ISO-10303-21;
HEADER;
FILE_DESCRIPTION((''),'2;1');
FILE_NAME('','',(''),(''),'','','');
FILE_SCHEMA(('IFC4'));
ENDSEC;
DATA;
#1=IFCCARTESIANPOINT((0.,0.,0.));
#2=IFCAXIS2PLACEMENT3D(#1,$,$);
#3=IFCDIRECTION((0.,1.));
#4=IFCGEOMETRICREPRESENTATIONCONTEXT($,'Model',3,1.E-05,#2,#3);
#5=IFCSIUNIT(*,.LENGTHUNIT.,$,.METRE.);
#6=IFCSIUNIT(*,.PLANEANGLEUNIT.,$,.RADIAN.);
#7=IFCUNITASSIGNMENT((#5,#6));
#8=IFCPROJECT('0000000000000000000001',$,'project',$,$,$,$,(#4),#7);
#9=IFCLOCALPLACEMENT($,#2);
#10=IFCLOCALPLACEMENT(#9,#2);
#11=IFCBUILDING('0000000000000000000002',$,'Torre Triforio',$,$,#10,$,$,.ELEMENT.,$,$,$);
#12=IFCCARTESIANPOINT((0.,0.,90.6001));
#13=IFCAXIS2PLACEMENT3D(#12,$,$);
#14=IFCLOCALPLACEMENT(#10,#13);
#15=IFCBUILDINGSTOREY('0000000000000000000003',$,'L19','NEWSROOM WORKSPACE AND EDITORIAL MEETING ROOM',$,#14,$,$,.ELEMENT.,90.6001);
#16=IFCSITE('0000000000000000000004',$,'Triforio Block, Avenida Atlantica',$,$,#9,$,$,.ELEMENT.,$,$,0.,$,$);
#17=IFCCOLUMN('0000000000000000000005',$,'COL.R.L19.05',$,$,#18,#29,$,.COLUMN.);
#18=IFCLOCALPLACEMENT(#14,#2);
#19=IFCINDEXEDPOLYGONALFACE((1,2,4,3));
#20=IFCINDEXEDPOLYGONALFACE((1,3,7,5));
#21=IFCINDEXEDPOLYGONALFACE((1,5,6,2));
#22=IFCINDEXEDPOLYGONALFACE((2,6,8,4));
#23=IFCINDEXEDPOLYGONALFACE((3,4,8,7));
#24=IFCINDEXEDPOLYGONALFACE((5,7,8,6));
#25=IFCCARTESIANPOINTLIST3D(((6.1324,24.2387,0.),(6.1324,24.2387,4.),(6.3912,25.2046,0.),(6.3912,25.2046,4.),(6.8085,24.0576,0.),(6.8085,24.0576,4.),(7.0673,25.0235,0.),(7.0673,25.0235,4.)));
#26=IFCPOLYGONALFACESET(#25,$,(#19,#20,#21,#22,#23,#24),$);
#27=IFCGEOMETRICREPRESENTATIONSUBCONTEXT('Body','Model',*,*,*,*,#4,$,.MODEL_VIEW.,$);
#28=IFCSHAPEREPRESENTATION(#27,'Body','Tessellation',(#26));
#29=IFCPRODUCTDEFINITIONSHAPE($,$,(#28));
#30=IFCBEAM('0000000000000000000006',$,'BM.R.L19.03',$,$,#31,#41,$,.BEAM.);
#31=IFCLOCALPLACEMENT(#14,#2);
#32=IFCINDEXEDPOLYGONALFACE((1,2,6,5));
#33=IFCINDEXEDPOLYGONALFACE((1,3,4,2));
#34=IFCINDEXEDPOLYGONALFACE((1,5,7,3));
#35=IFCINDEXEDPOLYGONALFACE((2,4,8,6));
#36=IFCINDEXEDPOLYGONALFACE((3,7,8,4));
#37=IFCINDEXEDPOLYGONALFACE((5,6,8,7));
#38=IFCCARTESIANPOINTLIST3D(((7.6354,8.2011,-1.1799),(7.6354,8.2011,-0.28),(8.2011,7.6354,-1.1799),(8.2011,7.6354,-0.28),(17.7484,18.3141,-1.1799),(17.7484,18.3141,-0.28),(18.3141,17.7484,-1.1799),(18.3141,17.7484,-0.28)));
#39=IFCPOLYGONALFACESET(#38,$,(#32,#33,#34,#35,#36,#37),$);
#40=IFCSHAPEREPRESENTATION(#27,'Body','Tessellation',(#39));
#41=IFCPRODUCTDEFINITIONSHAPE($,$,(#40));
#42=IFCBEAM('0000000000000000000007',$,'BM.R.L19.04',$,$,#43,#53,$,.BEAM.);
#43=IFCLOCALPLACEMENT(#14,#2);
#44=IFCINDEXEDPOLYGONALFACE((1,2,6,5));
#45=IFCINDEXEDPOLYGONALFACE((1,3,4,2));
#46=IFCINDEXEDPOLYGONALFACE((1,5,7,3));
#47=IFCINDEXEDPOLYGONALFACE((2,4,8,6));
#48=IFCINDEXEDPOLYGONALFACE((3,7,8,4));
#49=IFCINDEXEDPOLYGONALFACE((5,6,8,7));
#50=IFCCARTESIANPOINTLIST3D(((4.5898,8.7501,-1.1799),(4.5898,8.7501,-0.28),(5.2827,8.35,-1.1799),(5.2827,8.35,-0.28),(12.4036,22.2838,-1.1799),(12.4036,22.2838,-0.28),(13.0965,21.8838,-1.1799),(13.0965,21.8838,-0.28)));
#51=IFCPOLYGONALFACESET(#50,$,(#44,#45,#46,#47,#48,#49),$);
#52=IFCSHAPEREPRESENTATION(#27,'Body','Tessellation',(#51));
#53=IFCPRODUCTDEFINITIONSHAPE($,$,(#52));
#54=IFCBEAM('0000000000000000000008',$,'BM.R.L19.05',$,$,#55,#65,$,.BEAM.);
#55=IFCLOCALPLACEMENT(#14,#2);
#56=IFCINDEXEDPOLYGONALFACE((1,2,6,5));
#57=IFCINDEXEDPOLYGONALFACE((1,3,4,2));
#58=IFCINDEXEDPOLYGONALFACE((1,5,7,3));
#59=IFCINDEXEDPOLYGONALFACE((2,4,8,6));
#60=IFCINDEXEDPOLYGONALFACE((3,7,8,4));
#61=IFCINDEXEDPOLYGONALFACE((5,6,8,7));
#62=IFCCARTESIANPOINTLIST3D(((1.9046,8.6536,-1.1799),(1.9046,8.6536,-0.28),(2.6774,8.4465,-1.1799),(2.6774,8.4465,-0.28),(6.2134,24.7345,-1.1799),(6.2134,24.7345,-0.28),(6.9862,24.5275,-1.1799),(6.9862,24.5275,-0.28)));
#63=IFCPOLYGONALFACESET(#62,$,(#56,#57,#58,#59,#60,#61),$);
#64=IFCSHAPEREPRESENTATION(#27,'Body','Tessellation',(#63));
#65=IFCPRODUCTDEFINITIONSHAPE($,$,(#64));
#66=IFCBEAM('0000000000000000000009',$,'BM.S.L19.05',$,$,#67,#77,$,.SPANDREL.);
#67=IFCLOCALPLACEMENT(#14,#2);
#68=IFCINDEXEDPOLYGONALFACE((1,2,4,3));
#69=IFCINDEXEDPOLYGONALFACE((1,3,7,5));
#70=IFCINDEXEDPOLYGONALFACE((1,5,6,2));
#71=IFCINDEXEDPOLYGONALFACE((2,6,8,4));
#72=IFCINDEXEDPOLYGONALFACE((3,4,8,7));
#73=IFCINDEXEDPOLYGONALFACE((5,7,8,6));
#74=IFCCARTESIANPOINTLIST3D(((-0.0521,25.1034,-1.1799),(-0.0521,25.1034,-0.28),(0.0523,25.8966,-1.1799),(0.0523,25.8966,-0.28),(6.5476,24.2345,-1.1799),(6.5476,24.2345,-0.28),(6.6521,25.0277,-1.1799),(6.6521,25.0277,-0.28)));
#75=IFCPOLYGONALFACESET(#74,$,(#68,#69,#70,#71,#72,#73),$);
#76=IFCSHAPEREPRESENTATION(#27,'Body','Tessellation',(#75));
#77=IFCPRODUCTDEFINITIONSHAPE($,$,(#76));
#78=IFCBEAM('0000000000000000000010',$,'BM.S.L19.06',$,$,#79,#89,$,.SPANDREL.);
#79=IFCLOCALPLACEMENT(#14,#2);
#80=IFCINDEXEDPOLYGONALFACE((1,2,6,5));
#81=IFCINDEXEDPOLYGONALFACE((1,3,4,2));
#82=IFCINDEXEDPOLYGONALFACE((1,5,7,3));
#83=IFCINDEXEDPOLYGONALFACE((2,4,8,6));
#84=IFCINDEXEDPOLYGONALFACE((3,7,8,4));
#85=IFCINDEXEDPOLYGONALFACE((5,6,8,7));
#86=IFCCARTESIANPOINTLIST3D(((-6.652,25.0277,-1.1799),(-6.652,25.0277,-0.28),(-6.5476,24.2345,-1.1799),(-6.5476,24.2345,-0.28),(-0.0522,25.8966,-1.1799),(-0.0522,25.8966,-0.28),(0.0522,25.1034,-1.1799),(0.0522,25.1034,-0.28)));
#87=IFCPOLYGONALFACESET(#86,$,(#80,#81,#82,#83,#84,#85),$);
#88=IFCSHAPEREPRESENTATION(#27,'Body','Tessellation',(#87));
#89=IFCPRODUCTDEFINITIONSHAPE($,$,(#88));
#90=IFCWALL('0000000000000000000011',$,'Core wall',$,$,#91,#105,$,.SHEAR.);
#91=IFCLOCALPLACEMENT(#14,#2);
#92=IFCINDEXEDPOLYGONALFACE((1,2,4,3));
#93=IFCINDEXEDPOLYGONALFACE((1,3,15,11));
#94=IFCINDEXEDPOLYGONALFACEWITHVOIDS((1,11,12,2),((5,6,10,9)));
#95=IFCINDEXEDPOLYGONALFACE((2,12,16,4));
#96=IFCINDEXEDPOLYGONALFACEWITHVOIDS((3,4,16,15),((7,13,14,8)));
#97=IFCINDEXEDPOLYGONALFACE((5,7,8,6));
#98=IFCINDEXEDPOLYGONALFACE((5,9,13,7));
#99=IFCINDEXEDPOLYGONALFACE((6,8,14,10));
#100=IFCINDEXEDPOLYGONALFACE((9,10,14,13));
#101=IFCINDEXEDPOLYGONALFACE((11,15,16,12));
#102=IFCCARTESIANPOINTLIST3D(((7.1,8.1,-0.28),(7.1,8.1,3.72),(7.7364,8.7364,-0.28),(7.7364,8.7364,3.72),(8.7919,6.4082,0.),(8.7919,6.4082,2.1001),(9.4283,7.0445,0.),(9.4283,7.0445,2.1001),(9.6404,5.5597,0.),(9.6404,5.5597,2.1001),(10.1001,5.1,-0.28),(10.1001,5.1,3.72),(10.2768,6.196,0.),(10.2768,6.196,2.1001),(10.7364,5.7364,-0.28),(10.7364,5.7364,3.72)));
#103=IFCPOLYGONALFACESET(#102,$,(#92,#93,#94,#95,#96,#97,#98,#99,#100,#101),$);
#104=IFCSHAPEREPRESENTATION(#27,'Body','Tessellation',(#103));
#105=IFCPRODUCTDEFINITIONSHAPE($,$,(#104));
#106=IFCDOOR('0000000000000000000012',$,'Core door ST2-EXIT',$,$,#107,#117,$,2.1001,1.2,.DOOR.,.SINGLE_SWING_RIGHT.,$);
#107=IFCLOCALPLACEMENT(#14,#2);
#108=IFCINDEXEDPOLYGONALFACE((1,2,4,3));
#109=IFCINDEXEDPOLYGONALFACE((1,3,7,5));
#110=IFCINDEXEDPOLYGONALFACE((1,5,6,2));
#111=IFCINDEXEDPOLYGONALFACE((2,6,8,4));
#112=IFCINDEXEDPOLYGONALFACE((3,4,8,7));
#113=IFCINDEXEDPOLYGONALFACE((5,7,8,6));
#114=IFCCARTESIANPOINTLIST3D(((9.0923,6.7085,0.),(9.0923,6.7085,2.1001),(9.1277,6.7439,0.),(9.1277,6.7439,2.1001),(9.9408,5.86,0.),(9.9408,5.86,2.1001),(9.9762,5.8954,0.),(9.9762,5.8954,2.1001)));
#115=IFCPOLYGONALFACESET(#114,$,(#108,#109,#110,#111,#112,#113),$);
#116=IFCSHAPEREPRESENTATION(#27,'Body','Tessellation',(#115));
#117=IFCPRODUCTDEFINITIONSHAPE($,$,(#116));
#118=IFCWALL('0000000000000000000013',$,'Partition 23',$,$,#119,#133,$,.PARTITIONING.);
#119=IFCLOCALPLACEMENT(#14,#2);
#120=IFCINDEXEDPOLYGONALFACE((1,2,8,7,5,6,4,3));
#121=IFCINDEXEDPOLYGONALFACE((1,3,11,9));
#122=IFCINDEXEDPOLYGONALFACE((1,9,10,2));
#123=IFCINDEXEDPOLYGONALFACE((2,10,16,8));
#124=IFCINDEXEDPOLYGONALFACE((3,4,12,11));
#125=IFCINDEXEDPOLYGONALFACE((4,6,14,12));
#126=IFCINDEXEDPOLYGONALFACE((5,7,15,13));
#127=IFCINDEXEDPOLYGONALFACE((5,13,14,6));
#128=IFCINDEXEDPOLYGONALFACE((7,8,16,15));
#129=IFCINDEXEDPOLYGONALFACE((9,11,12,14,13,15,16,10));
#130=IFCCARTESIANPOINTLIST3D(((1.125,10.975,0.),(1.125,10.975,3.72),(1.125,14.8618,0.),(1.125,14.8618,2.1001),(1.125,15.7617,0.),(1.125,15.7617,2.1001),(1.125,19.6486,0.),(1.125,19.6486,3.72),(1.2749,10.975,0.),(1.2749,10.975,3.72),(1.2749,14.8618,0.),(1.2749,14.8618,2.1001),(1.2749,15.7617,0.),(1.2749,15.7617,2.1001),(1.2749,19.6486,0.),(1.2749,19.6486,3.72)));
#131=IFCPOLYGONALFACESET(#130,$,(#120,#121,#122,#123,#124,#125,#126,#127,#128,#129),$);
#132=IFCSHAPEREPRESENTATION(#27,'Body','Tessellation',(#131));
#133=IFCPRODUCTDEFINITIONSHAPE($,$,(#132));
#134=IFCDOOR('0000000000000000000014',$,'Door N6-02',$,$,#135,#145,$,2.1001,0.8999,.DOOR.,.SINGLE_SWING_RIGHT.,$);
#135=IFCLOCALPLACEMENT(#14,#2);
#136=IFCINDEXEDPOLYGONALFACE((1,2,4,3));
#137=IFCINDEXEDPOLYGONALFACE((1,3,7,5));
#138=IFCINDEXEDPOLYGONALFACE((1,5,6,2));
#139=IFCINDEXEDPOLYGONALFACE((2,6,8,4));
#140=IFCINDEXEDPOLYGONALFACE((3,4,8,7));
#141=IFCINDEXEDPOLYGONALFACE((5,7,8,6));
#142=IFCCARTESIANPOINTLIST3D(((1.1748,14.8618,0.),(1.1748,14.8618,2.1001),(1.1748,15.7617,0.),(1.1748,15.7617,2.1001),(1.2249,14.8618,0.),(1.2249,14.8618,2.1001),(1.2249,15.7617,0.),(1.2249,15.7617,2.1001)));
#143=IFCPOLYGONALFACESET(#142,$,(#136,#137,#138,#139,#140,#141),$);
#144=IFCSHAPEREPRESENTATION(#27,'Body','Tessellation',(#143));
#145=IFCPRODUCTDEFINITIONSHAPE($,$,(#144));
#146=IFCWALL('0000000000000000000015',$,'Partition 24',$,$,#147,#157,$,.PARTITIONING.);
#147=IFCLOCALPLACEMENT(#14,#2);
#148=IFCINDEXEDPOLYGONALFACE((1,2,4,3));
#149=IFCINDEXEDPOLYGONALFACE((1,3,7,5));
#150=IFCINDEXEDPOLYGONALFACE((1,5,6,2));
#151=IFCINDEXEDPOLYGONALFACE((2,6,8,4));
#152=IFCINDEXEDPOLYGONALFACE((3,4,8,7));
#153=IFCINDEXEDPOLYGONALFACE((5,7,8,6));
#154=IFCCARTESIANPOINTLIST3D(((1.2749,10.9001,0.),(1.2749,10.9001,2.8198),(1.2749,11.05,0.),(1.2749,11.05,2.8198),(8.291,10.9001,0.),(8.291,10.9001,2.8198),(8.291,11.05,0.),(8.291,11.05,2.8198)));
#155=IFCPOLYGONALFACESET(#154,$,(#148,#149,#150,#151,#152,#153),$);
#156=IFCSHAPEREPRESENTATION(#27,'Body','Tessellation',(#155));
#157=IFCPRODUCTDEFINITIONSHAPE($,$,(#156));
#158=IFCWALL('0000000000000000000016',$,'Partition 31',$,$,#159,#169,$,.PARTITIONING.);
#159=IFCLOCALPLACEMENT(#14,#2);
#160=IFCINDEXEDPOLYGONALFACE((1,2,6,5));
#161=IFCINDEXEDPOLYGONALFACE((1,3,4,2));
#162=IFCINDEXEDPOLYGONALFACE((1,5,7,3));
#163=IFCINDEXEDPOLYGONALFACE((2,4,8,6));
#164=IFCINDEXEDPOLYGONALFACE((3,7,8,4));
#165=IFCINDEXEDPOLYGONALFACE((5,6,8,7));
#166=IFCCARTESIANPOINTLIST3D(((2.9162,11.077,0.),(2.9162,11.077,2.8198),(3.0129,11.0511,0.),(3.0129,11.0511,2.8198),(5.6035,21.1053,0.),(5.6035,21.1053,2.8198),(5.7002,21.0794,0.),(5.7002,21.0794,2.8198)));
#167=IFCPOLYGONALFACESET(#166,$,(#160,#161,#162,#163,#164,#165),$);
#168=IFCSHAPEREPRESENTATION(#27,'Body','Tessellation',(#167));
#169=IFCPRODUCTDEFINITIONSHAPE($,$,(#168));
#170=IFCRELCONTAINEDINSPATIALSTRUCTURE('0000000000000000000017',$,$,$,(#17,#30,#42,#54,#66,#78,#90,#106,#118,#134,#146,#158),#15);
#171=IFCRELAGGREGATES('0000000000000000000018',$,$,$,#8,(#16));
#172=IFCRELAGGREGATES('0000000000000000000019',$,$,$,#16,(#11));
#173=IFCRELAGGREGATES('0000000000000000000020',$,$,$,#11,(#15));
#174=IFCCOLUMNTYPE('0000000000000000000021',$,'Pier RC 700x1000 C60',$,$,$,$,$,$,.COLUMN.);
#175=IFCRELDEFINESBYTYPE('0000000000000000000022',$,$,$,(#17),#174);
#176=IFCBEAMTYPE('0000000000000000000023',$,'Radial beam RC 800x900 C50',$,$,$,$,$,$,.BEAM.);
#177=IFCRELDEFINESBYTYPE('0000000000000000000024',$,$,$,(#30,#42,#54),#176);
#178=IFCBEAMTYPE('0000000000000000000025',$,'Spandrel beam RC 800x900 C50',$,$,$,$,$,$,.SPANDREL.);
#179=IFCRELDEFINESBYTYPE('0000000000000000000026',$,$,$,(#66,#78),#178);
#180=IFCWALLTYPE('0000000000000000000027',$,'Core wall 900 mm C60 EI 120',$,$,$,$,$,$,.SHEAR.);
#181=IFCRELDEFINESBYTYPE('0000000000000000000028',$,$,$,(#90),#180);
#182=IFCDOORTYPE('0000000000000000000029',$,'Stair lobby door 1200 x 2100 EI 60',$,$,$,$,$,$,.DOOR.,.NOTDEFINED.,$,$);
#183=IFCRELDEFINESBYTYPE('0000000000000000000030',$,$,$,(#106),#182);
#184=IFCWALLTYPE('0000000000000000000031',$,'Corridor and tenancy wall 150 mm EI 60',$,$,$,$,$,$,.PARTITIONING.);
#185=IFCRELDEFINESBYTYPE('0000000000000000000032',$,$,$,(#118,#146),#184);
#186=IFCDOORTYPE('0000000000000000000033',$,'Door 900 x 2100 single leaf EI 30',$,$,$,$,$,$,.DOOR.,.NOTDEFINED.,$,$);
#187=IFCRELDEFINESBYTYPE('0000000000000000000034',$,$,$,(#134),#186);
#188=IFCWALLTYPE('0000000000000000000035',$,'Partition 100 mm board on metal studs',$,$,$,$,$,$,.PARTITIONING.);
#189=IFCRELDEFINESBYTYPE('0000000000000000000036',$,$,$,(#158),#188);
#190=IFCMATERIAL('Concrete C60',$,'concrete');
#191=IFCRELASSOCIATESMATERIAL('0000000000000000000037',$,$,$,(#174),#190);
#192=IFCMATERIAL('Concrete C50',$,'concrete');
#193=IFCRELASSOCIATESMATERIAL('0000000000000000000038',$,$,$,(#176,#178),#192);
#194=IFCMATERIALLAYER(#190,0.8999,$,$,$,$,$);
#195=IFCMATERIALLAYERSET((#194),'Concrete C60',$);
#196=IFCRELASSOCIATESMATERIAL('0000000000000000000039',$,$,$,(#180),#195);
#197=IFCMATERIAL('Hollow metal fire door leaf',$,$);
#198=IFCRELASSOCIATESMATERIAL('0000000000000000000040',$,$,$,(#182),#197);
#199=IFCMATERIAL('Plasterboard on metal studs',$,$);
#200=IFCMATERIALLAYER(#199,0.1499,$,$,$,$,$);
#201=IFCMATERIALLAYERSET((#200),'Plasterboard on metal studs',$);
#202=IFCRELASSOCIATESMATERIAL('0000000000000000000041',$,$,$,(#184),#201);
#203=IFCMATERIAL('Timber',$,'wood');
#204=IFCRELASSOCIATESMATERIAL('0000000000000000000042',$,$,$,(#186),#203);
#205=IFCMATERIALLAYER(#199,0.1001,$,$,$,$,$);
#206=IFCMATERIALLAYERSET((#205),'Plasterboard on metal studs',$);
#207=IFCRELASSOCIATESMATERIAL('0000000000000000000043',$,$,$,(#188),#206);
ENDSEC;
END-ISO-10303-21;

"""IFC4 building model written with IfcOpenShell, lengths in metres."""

from ifc_helpers import new_model, si_unit, direction, frame, frame_2d, origin, origin_2d, place, context, subcontext, project, spatial, rectangle, extrude, material, layer, layer_set, material_profile, profile_set, type_object, element, fill, save


model = new_model("IFC4")

# Units and contexts
model_context = context("Model", 3, precision=1e-05, world=origin(), true_north=direction((0.0, 1.0)))
body_context = subcontext(model_context, "Body", "Model", "MODEL_VIEW")
ifc_project = project(units=[si_unit("LENGTHUNIT", "METRE"), si_unit("PLANEANGLEUNIT", "RADIAN")], contexts=[model_context])

# Site, building, storey
site_placement = place(None, origin())
site = spatial("IfcSite", under=ifc_project, at=site_placement, Name="Triforio Block, Avenida Atlantica", CompositionType="ELEMENT", RefElevation=0.0)
building_placement = place(site_placement, origin())
building = spatial("IfcBuilding", under=site, at=building_placement, Name="Torre Triforio", CompositionType="ELEMENT")
storey_placement = place(building_placement, frame((0.0, 0.0, 90.6001)))
storey = spatial("IfcBuildingStorey", under=building, at=storey_placement, Name="L19", Description="NEWSROOM WORKSPACE AND EDITORIAL MEETING ROOM", CompositionType="ELEMENT", Elevation=90.6001)

# Column
ifc_material_1 = material(Name="Concrete C60", Category="concrete")
ifc_material_profile_1 = material_profile(ifc_material_1, rectangle(XDim=0.7, YDim=1.0, at=origin_2d()), Name="RC 700x1000")
ifc_profile_set_1 = profile_set([ifc_material_profile_1], Name="Concrete C60")
column_type = type_object("IfcColumnType", Name="Pier RC 700x1000 C60", PredefinedType="COLUMN", material=ifc_profile_set_1)
column_placement = place(storey_placement, frame((6.5999, 24.6311, 0.0), z_axis=(0.0, 0.0, 1.0), x_axis=(-0.965926, 0.258819, 0.0)))
element("IfcColumn", 1, at=column_placement, inside=storey, type_object=column_type, Name="COL.R.L19.05", PredefinedType="COLUMN", context=body_context, shape_type="SweptSolid", body=[
    extrude(rectangle(XDim=0.7, YDim=1.0, at=origin_2d()), origin(), (0.0, 0.0, 1.0), 4.0),
])

# Beams
ifc_material_2 = material(Name="Concrete C50", Category="concrete")
ifc_material_profile_2 = material_profile(ifc_material_2, rectangle(XDim=0.8, YDim=0.8999, at=origin_2d()), Name="RC 800x900")
ifc_profile_set_2 = profile_set([ifc_material_profile_2], Name="Concrete C50")
beam_type_1 = type_object("IfcBeamType", Name="Radial beam RC 800x900 C50", PredefinedType="BEAM", material=ifc_profile_set_2)
beam_1_placement = place(storey_placement, frame((7.9182, 7.9182, -0.73), z_axis=(0.707107, 0.707107, 0.0), x_axis=(-0.707107, 0.707107, 0.0)))
element("IfcBeam", 2, at=beam_1_placement, inside=storey, type_object=beam_type_1, Name="BM.R.L19.03", PredefinedType="BEAM", context=body_context, shape_type="SweptSolid", body=[
    extrude(rectangle(XDim=0.8, YDim=0.8999, at=origin_2d()), origin(), (0.0, 0.0, 1.0), 14.302),
])
beam_2_placement = place(storey_placement, frame((4.9363, 8.55, -0.73), z_axis=(0.500002, 0.866024, 0.0), x_axis=(-0.866024, 0.500002, 0.0)))
element("IfcBeam", 3, at=beam_2_placement, inside=storey, type_object=beam_type_1, Name="BM.R.L19.04", PredefinedType="BEAM", context=body_context, shape_type="SweptSolid", body=[
    extrude(rectangle(XDim=0.8, YDim=0.8999, at=origin_2d()), origin(), (0.0, 0.0, 1.0), 15.6274),
])
beam_3_placement = place(storey_placement, frame((2.291, 8.55, -0.73), z_axis=(0.258815, 0.965927, 0.0), x_axis=(-0.965927, 0.258815, 0.0)))
element("IfcBeam", 4, at=beam_3_placement, inside=storey, type_object=beam_type_1, Name="BM.R.L19.05", PredefinedType="BEAM", context=body_context, shape_type="SweptSolid", body=[
    extrude(rectangle(XDim=0.8, YDim=0.8999, at=origin_2d()), origin(), (0.0, 0.0, 1.0), 16.6482),
])
ifc_material_profile_3 = material_profile(ifc_material_2, rectangle(XDim=0.8, YDim=0.8999, at=origin_2d()), Name="RC 800x900")
ifc_profile_set_3 = profile_set([ifc_material_profile_3], Name="Concrete C50")
beam_type_2 = type_object("IfcBeamType", Name="Spandrel beam RC 800x900 C50", PredefinedType="SPANDREL", material=ifc_profile_set_3)
for number, where, z_axis, x_axis, name in (
    (5, (6.5999, 24.6311, -0.73), (-0.991445, 0.130528, 0.0), (-0.130528, -0.991445, 0.0), "BM.S.L19.05"),
    (6, (0.0, 25.5, -0.73), (-0.991445, -0.130528, 0.0), (0.130528, -0.991445, 0.0), "BM.S.L19.06"),
):
    element("IfcBeam", number, at=place(storey_placement, frame(where, z_axis=z_axis, x_axis=x_axis)), inside=storey, type_object=beam_type_2, Name=name, PredefinedType="SPANDREL", context=body_context, shape_type="SweptSolid", body=[
        extrude(rectangle(XDim=0.8, YDim=0.8999, at=origin_2d()), origin(), (0.0, 0.0, 1.0), 6.6567),
    ])

# Walls, openings, doors
ifc_layer_1 = layer(ifc_material_1, 0.8999)
ifc_layer_set_1 = layer_set([ifc_layer_1], Name="Concrete C60")
wall_type_1 = type_object("IfcWallType", Name="Core wall 900 mm C60 EI 120", PredefinedType="SHEAR", material=ifc_layer_set_1)
wall_1_placement = place(storey_placement, frame((7.4182, 8.4182, -0.28), z_axis=(0.0, 0.0, 1.0), x_axis=(0.707107, -0.707107, 0.0)))
wall_1 = element("IfcWall", 7, at=wall_1_placement, inside=storey, type_object=wall_type_1, Name="Core wall", PredefinedType="SHEAR", context=body_context, shape_type="SweptSolid", body=[
    extrude(rectangle(XDim=4.2427, YDim=0.8999, at=frame_2d((2.1213, 0.0))), origin(), (0.0, 0.0, 1.0), 4.0),
])
opening_1_placement = place(wall_1_placement, frame((2.3926, 0.0, 0.28)))
opening_1 = element("IfcOpeningElement", 8, at=opening_1_placement, cuts=wall_1, PredefinedType="OPENING", context=body_context, shape_type="SweptSolid", body=[
    extrude(rectangle(XDim=1.2, YDim=2.1001, at=frame_2d((0.6001, 1.05))), frame((0.0, 0.46, 0.0), z_axis=(0.0, -1.0, 0.0), x_axis=(1.0, 0.0, 0.0)), (0.0, 0.0, 1.0), 0.9199),
])
ifc_material_3 = material(Name="Hollow metal fire door leaf")
door_type_1 = type_object("IfcDoorType", Name="Stair lobby door 1200 x 2100 EI 60", OperationType="NOTDEFINED", PredefinedType="DOOR", material=ifc_material_3)
door_1_placement = place(opening_1_placement, origin())
door_1 = element("IfcDoor", 9, at=door_1_placement, inside=storey, type_object=door_type_1, Name="Core door ST2-EXIT", OperationType="SINGLE_SWING_RIGHT", OverallHeight=2.1001, OverallWidth=1.2, PredefinedType="DOOR", context=body_context, shape_type="SweptSolid", body=[
    extrude(rectangle(XDim=1.2, YDim=2.1001, at=frame_2d((0.6001, 1.05))), frame((0.0, 0.0249, 0.0), z_axis=(0.0, -1.0, 0.0), x_axis=(1.0, 0.0, 0.0)), (0.0, 0.0, 1.0), 0.05),
])
fill(opening_1, door_1)
ifc_material_4 = material(Name="Plasterboard on metal studs")
ifc_layer_2 = layer(ifc_material_4, 0.1499)
ifc_layer_set_2 = layer_set([ifc_layer_2], Name="Plasterboard on metal studs")
wall_type_2 = type_object("IfcWallType", Name="Corridor and tenancy wall 150 mm EI 60", PredefinedType="PARTITIONING", material=ifc_layer_set_2)
wall_2_placement = place(storey_placement, frame((1.2, 19.6487, 0.0), z_axis=(0.0, 0.0, 1.0), x_axis=(0.0, -1.0, 0.0)))
wall_2 = element("IfcWall", 10, at=wall_2_placement, inside=storey, type_object=wall_type_2, Name="Partition 23", PredefinedType="PARTITIONING", context=body_context, shape_type="SweptSolid", body=[
    extrude(rectangle(XDim=8.6736, YDim=0.1499, at=frame_2d((4.3369, 0.0))), origin(), (0.0, 0.0, 1.0), 3.72),
])
opening_2_placement = place(wall_2_placement, frame((3.887, 0.0, 0.0)))
opening_2 = element("IfcOpeningElement", 11, at=opening_2_placement, cuts=wall_2, PredefinedType="OPENING", context=body_context, shape_type="SweptSolid", body=[
    extrude(rectangle(XDim=0.8999, YDim=2.1001, at=frame_2d((0.45, 1.05))), frame((0.0, 0.085, 0.0), z_axis=(0.0, -1.0, 0.0), x_axis=(1.0, 0.0, 0.0)), (0.0, 0.0, 1.0), 0.1699),
])
ifc_material_5 = material(Name="Timber", Category="wood")
door_type_2 = type_object("IfcDoorType", Name="Door 900 x 2100 single leaf EI 30", OperationType="NOTDEFINED", PredefinedType="DOOR", material=ifc_material_5)
door_2_placement = place(opening_2_placement, origin())
door_2 = element("IfcDoor", 12, at=door_2_placement, inside=storey, type_object=door_type_2, Name="Door N6-02", OperationType="SINGLE_SWING_RIGHT", OverallHeight=2.1001, OverallWidth=0.8999, PredefinedType="DOOR", context=body_context, shape_type="SweptSolid", body=[
    extrude(rectangle(XDim=0.8999, YDim=2.1001, at=frame_2d((0.45, 1.05))), frame((0.0, 0.0249, 0.0), z_axis=(0.0, -1.0, 0.0), x_axis=(1.0, 0.0, 0.0)), (0.0, 0.0, 1.0), 0.05),
])
fill(opening_2, door_2)

# Walls
wall_3_placement = place(storey_placement, frame((1.2749, 10.9751, 0.0), z_axis=(0.0, 0.0, 1.0), x_axis=(1.0, 0.0, 0.0)))
element("IfcWall", 13, at=wall_3_placement, inside=storey, type_object=wall_type_2, Name="Partition 24", PredefinedType="PARTITIONING", context=body_context, shape_type="SweptSolid", body=[
    extrude(rectangle(XDim=7.0161, YDim=0.1499, at=frame_2d((3.5081, 0.0))), origin(), (0.0, 0.0, 1.0), 2.8198),
])
ifc_layer_3 = layer(ifc_material_4, 0.1001)
ifc_layer_set_3 = layer_set([ifc_layer_3], Name="Plasterboard on metal studs")
wall_type_3 = type_object("IfcWallType", Name="Partition 100 mm board on metal studs", PredefinedType="PARTITIONING", material=ifc_layer_set_3)
wall_4_placement = place(storey_placement, frame((2.9646, 11.0642, 0.0), z_axis=(0.0, 0.0, 1.0), x_axis=(0.258835, 0.965922, 0.0)))
element("IfcWall", 14, at=wall_4_placement, inside=storey, type_object=wall_type_3, Name="Partition 31", PredefinedType="PARTITIONING", context=body_context, shape_type="SweptSolid", body=[
    extrude(rectangle(XDim=10.3821, YDim=0.1001, at=frame_2d((5.1909, 0.0))), origin(), (0.0, 0.0, 1.0), 2.8198),
])

save(model, "model.ifc")
